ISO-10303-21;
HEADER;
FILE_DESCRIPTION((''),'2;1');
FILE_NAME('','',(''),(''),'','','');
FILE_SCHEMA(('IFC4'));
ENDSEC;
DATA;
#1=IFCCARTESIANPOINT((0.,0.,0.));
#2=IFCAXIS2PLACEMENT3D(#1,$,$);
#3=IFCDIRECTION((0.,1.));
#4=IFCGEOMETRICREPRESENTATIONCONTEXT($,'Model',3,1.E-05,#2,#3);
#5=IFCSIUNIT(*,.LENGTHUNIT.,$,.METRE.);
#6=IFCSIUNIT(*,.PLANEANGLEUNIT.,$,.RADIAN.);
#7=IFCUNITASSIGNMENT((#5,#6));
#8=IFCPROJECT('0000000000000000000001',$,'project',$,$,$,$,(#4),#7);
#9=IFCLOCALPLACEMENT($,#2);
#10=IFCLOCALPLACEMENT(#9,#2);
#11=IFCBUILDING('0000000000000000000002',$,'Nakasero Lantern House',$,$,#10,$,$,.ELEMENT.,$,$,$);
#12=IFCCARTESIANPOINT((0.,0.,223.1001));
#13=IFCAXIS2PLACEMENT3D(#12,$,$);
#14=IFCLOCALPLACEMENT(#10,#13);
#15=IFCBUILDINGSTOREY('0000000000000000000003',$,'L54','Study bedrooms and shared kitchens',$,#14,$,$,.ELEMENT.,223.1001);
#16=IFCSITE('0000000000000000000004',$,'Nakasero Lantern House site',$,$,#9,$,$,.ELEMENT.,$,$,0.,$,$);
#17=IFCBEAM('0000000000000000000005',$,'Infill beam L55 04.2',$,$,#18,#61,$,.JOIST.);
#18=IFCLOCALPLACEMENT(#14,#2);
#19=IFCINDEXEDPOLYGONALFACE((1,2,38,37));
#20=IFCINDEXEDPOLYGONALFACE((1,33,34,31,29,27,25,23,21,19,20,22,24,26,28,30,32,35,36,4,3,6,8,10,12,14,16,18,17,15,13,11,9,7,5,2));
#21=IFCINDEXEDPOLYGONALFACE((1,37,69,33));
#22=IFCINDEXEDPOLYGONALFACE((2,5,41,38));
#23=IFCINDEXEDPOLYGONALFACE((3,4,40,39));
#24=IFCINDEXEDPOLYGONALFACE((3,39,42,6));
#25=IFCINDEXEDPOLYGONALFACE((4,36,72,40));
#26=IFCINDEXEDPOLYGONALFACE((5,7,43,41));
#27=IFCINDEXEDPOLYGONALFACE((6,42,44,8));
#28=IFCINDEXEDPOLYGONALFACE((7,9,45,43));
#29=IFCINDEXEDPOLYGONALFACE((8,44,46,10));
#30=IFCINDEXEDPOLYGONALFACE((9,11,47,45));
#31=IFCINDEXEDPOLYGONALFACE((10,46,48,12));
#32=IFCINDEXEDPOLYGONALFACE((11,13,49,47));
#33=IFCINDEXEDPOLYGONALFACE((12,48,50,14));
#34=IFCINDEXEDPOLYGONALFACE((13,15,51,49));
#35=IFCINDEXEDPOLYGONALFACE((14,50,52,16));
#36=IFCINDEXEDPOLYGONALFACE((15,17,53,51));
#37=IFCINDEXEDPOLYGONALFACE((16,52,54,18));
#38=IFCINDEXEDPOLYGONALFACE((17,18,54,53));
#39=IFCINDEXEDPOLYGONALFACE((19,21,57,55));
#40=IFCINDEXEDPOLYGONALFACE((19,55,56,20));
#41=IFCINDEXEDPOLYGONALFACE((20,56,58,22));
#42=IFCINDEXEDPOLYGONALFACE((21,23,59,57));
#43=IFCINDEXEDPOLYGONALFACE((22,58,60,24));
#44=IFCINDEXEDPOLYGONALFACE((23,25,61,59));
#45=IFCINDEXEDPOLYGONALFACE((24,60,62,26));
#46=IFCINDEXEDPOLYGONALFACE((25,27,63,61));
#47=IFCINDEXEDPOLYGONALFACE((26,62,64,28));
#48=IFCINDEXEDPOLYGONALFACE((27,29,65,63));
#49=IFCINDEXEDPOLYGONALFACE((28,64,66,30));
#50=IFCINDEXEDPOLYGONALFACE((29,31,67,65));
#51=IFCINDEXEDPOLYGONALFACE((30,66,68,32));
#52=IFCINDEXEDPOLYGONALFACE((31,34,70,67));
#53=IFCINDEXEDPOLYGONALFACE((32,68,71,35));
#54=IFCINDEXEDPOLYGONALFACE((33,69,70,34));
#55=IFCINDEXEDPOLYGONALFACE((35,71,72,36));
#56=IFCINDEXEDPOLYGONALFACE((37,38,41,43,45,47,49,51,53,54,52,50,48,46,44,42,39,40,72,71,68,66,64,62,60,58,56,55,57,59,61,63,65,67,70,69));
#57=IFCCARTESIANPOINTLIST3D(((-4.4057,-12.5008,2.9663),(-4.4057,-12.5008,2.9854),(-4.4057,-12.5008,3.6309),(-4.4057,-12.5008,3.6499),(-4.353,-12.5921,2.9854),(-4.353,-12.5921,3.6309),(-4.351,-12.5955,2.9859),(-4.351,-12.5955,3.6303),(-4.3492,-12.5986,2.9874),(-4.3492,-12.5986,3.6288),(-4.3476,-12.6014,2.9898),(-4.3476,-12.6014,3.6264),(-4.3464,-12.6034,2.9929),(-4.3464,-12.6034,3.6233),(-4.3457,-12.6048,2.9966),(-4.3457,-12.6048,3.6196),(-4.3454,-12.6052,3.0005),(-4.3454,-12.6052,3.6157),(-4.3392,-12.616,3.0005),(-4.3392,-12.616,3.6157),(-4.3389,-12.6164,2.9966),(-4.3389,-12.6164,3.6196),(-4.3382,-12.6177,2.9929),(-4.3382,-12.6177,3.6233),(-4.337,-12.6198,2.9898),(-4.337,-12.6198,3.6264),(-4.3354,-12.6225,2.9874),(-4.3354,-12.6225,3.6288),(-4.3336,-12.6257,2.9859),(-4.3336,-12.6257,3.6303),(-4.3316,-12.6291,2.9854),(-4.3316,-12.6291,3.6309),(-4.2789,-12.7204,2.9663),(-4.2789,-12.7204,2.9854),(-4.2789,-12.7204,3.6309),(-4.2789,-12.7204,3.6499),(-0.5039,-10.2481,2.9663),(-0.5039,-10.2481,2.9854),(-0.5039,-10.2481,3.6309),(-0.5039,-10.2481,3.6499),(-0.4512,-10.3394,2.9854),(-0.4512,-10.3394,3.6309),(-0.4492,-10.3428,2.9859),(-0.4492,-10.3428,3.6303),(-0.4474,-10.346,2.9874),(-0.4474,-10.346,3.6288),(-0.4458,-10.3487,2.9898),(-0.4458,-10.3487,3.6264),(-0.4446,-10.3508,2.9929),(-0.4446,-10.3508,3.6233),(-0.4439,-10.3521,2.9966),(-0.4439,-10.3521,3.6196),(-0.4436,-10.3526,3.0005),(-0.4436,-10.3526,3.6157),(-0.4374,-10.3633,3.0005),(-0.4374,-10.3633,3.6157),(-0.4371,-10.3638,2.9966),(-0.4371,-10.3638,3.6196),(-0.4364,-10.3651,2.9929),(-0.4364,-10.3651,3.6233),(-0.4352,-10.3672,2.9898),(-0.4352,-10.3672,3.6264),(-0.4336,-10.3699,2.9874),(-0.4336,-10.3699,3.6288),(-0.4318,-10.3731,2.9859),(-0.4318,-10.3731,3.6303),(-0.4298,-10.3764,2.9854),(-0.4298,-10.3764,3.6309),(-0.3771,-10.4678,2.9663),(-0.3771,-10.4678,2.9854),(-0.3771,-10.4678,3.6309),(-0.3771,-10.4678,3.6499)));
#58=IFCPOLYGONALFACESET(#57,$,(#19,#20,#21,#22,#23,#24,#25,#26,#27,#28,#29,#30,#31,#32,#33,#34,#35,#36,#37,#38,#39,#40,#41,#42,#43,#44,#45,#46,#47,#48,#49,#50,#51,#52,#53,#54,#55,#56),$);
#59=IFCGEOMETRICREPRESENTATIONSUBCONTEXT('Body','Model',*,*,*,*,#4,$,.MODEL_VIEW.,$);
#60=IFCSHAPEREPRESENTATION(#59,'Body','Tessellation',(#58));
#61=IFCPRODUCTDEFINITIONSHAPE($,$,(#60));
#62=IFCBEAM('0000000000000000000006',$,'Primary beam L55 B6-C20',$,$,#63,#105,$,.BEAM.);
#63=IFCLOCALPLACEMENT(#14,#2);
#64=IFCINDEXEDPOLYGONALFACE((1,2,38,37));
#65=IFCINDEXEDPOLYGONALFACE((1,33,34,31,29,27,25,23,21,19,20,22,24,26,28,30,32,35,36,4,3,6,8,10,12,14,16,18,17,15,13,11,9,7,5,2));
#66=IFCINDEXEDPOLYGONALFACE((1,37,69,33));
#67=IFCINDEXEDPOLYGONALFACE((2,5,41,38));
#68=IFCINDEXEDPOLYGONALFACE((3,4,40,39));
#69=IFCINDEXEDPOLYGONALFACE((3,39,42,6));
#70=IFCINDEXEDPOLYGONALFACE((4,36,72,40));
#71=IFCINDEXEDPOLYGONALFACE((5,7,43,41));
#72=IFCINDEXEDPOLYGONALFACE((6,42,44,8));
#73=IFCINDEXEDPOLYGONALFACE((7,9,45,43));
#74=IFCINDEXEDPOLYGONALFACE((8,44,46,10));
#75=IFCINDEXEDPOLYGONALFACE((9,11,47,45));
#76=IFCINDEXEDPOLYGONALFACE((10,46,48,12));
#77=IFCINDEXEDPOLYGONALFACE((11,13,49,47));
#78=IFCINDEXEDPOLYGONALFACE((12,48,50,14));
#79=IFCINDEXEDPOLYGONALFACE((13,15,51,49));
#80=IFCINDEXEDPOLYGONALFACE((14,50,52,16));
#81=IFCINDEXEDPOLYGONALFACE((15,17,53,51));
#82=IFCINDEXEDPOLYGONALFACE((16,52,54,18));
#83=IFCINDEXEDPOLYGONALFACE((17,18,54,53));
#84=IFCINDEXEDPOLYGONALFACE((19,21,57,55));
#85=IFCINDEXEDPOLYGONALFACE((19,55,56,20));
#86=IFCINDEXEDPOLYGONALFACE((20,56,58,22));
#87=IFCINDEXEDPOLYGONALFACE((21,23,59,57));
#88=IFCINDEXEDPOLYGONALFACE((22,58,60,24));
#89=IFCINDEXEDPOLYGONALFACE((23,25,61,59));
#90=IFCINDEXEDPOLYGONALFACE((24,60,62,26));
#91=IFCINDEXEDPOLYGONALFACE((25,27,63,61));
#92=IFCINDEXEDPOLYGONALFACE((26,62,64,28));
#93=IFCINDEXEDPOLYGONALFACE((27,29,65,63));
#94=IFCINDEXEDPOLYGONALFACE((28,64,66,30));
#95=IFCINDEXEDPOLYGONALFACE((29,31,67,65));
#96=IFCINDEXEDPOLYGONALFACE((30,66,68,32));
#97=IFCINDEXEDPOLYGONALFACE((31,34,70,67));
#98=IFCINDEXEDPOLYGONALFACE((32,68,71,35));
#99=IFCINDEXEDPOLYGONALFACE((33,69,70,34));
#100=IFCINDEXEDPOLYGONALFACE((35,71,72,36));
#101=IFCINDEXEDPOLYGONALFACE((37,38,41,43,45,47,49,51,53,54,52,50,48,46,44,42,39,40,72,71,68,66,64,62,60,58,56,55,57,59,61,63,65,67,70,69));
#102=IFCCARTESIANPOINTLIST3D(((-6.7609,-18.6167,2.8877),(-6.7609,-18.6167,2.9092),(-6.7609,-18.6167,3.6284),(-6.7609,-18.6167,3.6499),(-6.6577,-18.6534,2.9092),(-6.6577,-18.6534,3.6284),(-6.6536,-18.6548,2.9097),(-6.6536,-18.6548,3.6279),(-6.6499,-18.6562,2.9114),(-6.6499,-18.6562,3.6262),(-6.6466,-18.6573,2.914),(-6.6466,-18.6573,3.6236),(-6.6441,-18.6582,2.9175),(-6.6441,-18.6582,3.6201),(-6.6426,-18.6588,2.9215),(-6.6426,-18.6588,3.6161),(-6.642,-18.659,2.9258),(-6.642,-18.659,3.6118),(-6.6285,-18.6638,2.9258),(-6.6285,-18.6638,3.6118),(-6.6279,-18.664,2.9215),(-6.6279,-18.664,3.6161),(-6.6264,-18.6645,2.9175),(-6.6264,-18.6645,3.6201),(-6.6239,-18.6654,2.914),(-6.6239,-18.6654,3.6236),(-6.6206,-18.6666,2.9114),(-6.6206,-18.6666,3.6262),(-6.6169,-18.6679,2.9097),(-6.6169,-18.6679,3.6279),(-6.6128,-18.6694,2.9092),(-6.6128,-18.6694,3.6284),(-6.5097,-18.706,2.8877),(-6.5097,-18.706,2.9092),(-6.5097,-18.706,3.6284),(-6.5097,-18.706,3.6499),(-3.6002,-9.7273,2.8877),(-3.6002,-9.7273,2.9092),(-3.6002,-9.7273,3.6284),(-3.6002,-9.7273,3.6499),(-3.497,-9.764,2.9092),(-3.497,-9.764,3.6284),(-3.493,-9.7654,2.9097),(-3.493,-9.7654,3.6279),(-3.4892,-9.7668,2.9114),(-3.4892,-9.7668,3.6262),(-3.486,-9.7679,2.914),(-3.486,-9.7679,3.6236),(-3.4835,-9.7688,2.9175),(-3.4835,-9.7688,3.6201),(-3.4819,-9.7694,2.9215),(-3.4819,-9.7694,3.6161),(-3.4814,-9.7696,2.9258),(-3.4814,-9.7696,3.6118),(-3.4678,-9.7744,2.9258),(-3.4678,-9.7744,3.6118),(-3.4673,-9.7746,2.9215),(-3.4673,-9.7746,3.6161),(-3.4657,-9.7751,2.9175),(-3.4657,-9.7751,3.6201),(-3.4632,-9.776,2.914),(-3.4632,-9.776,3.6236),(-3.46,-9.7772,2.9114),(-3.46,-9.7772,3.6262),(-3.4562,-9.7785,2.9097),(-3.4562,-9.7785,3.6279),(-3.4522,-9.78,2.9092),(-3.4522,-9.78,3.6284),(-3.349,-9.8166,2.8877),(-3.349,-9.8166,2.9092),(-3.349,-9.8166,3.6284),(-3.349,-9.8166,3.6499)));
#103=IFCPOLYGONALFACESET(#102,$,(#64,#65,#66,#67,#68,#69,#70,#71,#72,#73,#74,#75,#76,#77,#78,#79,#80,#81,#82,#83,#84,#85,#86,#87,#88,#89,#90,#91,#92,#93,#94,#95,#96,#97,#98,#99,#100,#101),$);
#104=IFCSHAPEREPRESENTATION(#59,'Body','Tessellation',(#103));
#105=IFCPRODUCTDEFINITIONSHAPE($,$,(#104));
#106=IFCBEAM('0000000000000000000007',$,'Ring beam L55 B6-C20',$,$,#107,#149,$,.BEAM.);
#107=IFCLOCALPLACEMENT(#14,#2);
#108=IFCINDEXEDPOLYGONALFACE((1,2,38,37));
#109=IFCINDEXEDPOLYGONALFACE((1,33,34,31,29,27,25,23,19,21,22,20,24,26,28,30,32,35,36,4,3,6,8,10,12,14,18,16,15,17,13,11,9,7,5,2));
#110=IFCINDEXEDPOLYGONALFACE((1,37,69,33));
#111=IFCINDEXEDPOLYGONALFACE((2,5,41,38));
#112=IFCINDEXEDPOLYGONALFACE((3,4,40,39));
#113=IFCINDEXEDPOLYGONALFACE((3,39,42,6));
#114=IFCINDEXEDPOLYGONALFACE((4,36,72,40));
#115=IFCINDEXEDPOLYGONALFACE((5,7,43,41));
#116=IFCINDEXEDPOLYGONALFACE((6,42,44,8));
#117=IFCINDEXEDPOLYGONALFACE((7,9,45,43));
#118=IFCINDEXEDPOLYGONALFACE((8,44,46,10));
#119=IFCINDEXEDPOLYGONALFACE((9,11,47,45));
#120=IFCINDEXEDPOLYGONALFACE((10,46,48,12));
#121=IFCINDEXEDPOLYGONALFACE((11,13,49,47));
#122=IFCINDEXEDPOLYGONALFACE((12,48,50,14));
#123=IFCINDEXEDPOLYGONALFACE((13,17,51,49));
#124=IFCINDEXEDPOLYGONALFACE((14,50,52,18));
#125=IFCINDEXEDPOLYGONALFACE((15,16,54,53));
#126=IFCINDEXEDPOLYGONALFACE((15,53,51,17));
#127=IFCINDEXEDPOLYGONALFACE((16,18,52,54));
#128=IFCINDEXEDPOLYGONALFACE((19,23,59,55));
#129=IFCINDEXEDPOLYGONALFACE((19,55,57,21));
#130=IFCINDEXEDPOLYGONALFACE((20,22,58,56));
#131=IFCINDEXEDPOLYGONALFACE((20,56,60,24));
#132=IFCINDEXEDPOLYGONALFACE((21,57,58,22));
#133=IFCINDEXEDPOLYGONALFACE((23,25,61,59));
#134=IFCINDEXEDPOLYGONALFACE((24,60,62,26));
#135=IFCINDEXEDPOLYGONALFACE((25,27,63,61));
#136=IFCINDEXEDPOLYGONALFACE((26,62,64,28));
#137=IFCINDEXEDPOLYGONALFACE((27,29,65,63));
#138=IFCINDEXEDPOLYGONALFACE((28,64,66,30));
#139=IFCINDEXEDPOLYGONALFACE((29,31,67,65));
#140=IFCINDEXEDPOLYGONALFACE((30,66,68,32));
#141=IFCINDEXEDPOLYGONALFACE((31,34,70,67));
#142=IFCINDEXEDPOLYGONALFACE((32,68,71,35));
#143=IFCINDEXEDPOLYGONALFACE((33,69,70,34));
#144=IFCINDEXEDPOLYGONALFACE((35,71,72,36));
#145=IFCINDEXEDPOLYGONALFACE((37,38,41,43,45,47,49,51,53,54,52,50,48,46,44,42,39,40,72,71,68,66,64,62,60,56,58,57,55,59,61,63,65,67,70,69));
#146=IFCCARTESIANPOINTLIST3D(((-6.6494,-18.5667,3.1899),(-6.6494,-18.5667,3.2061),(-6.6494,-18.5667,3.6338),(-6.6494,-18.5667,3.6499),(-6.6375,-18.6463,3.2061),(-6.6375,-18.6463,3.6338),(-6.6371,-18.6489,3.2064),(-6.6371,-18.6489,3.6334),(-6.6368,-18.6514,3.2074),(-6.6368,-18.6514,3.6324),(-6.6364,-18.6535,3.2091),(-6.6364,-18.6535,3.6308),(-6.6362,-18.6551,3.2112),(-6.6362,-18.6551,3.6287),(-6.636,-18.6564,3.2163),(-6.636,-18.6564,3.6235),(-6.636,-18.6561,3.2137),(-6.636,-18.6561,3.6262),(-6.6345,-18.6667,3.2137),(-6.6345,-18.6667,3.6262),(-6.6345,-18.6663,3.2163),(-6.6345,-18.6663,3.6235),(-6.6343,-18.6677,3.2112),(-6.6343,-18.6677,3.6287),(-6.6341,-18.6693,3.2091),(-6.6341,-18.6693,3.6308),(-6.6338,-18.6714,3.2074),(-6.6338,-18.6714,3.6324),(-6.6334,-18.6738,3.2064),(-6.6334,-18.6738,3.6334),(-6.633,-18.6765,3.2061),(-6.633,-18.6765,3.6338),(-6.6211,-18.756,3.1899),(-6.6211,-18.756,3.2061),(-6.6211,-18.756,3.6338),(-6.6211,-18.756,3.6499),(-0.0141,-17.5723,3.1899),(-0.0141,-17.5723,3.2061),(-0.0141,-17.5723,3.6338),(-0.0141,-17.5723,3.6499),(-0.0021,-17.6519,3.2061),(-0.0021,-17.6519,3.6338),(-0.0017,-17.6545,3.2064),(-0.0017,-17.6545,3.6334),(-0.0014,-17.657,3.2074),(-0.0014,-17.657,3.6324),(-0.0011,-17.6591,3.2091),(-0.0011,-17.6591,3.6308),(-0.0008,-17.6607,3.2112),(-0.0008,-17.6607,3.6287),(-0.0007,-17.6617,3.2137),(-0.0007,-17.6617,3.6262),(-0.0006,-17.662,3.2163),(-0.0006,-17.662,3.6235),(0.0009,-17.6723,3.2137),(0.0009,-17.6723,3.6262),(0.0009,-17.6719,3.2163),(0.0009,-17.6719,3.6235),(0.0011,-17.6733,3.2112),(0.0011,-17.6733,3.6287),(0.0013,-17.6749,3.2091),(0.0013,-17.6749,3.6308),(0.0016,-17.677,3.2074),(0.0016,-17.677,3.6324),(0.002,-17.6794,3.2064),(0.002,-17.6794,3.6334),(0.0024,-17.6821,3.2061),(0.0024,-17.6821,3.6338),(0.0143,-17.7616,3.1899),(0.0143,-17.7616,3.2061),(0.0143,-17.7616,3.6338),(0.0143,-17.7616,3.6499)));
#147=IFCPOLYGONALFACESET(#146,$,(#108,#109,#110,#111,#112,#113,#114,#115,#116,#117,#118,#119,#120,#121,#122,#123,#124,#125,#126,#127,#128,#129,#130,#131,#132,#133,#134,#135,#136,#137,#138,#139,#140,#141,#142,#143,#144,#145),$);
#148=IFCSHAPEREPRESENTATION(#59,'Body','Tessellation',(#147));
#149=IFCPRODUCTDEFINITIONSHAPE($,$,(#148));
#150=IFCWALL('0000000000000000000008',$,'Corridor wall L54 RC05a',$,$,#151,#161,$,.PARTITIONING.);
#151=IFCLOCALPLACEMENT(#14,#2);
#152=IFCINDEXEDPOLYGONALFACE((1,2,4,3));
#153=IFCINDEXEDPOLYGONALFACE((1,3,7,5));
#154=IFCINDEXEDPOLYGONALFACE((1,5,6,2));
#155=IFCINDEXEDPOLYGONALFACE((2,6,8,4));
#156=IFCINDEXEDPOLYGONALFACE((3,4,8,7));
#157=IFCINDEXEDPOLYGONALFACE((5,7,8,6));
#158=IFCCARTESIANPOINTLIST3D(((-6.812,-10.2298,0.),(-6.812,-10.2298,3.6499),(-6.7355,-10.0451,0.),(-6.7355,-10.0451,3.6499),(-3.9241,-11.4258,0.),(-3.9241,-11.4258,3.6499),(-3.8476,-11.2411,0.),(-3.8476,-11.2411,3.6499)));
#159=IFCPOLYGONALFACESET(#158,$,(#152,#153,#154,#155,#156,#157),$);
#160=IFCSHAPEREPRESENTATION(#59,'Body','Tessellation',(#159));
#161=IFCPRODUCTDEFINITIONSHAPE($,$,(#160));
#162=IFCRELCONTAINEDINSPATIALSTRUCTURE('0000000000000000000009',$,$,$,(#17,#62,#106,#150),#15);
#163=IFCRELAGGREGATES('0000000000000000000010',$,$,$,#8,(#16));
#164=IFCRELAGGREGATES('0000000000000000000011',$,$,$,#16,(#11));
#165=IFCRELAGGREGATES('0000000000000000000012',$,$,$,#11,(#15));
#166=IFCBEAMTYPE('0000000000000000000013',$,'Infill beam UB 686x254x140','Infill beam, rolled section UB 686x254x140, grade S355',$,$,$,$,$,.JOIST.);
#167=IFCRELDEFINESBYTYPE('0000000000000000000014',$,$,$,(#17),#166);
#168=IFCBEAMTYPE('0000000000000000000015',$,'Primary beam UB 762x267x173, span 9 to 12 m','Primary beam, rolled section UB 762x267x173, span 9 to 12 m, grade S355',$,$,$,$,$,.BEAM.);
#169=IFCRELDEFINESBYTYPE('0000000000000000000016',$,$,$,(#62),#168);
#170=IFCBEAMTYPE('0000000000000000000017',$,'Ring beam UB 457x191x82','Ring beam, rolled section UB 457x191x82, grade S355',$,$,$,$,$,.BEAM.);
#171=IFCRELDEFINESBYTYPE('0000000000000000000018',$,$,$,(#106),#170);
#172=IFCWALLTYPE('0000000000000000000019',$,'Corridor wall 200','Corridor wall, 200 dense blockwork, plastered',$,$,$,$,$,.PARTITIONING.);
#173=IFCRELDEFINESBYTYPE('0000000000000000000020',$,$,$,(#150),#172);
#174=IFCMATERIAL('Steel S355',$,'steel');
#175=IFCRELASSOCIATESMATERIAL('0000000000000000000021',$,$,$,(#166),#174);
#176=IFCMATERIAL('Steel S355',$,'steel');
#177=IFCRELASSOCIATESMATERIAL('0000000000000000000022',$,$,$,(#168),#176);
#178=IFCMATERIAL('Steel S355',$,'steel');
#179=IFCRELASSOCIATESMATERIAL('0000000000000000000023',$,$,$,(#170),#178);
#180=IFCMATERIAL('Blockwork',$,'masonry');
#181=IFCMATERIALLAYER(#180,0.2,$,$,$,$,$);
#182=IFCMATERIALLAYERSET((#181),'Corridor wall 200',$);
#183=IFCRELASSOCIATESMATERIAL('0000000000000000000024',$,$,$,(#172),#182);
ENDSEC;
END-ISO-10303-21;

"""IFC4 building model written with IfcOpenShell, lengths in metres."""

from ifc_helpers import new_model, si_unit, direction, frame, frame_2d, origin, origin_2d, place, context, subcontext, project, spatial, rectangle, i_section, extrude, material, layer, layer_set, material_profile, profile_set, type_object, element, save


model = new_model("IFC4")

# Units and contexts
model_context = context("Model", 3, precision=1e-05, world=origin(), true_north=direction((0.0, 1.0)))
body_context = subcontext(model_context, "Body", "Model", "MODEL_VIEW")
ifc_project = project(units=[si_unit("LENGTHUNIT", "METRE"), si_unit("PLANEANGLEUNIT", "RADIAN")], contexts=[model_context])

# Site, building, storey
site_placement = place(None, origin())
site = spatial("IfcSite", under=ifc_project, at=site_placement, Name="Nakasero Lantern House site", CompositionType="ELEMENT", RefElevation=0.0)
building_placement = place(site_placement, origin())
building = spatial("IfcBuilding", under=site, at=building_placement, Name="Nakasero Lantern House", CompositionType="ELEMENT")
storey_placement = place(building_placement, frame((0.0, 0.0, 223.1001)))
storey = spatial("IfcBuildingStorey", under=building, at=storey_placement, Name="L54", Description="Study bedrooms and shared kitchens", CompositionType="ELEMENT", Elevation=223.1001)

# Beams
ifc_material_1 = material(Name="Steel S355", Category="steel")
ifc_material_profile_1 = material_profile(ifc_material_1, i_section(OverallWidth=0.2537, OverallDepth=0.6836, WebThickness=0.0125, FlangeThickness=0.019, FilletRadius=0.0151, at=origin_2d()), Name="UB 686x254x140")
ifc_profile_set_1 = profile_set([ifc_material_profile_1], Name="Steel S355")
beam_type_1 = type_object("IfcBeamType", Name="Infill beam UB 686x254x140", Description="Infill beam, rolled section UB 686x254x140, grade S355", PredefinedType="JOIST", material=ifc_profile_set_1)
beam_1_placement = place(storey_placement, frame((-4.3423, -12.6106, 3.3081), z_axis=(0.86603, 0.499991, 0.0), x_axis=(-0.499991, 0.86603, 0.0)))
element("IfcBeam", 1, at=beam_1_placement, inside=storey, type_object=beam_type_1, Name="Infill beam L55 04.2", PredefinedType="JOIST", context=body_context, shape_type="SweptSolid", body=[
    extrude(i_section(OverallWidth=0.2537, OverallDepth=0.6836, WebThickness=0.0125, FlangeThickness=0.019, FilletRadius=0.0151, at=origin_2d()), origin(), (0.0, 0.0, 1.0), 4.5054),
])
ifc_material_2 = material(Name="Steel S355", Category="steel")
ifc_material_profile_2 = material_profile(ifc_material_2, i_section(OverallWidth=0.2666, OverallDepth=0.7622, WebThickness=0.0144, FlangeThickness=0.0215, FilletRadius=0.0166, at=origin_2d()), Name="UB 762x267x173")
ifc_profile_set_2 = profile_set([ifc_material_profile_2], Name="Steel S355")
beam_type_2 = type_object("IfcBeamType", Name="Primary beam UB 762x267x173, span 9 to 12 m", Description="Primary beam, rolled section UB 762x267x173, span 9 to 12 m, grade S355", PredefinedType="BEAM", material=ifc_profile_set_2)
beam_2_placement = place(storey_placement, frame((-6.6353, -18.6614, 3.2688), z_axis=(0.335007, 0.942216, 0.0), x_axis=(-0.942216, 0.335007, 0.0)))
element("IfcBeam", 2, at=beam_2_placement, inside=storey, type_object=beam_type_2, Name="Primary beam L55 B6-C20", PredefinedType="BEAM", context=body_context, shape_type="SweptSolid", body=[
    extrude(i_section(OverallWidth=0.2666, OverallDepth=0.7622, WebThickness=0.0144, FlangeThickness=0.0215, FilletRadius=0.0166, at=origin_2d()), origin(), (0.0, 0.0, 1.0), 9.4346),
])
ifc_material_3 = material(Name="Steel S355", Category="steel")
ifc_material_profile_3 = material_profile(ifc_material_3, i_section(OverallWidth=0.1914, OverallDepth=0.46, WebThickness=0.01, FlangeThickness=0.0161, FilletRadius=0.0103, at=origin_2d()), Name="UB 457x191x82")
ifc_profile_set_3 = profile_set([ifc_material_profile_3], Name="Steel S355")
beam_type_3 = type_object("IfcBeamType", Name="Ring beam UB 457x191x82", Description="Ring beam, rolled section UB 457x191x82, grade S355", PredefinedType="BEAM", material=ifc_profile_set_3)
beam_3_placement = place(storey_placement, frame((-6.6353, -18.6614, 3.4199), z_axis=(0.988956, 0.148209, 0.0), x_axis=(-0.148209, 0.988956, 0.0)))
element("IfcBeam", 3, at=beam_3_placement, inside=storey, type_object=beam_type_3, Name="Ring beam L55 B6-C20", PredefinedType="BEAM", context=body_context, shape_type="SweptSolid", body=[
    extrude(i_section(OverallWidth=0.1914, OverallDepth=0.46, WebThickness=0.01, FlangeThickness=0.0161, FilletRadius=0.0103, at=origin_2d()), origin(), (0.0, 0.0, 1.0), 6.7095),
])

# Wall
ifc_material_4 = material(Name="Blockwork", Category="masonry")
ifc_layer_1 = layer(ifc_material_4, 0.2)
ifc_layer_set_1 = layer_set([ifc_layer_1], Name="Corridor wall 200")
wall_type_1 = type_object("IfcWallType", Name="Corridor wall 200", Description="Corridor wall, 200 dense blockwork, plastered", PredefinedType="PARTITIONING", material=ifc_layer_set_1)
wall_1_placement = place(storey_placement, frame((-3.8857, -11.3335, 0.0), z_axis=(0.0, 0.0, 1.0), x_axis=(-0.9239, 0.382635, 0.0)))
element("IfcWall", 4, at=wall_1_placement, inside=storey, type_object=wall_type_1, Name="Corridor wall L54 RC05a", PredefinedType="PARTITIONING", context=body_context, shape_type="SweptSolid", body=[
    extrude(rectangle(XDim=3.1257, YDim=0.2, at=frame_2d((1.563, 0.0))), origin(), (0.0, 0.0, 1.0), 3.6499),
])

save(model, "model.ifc")
